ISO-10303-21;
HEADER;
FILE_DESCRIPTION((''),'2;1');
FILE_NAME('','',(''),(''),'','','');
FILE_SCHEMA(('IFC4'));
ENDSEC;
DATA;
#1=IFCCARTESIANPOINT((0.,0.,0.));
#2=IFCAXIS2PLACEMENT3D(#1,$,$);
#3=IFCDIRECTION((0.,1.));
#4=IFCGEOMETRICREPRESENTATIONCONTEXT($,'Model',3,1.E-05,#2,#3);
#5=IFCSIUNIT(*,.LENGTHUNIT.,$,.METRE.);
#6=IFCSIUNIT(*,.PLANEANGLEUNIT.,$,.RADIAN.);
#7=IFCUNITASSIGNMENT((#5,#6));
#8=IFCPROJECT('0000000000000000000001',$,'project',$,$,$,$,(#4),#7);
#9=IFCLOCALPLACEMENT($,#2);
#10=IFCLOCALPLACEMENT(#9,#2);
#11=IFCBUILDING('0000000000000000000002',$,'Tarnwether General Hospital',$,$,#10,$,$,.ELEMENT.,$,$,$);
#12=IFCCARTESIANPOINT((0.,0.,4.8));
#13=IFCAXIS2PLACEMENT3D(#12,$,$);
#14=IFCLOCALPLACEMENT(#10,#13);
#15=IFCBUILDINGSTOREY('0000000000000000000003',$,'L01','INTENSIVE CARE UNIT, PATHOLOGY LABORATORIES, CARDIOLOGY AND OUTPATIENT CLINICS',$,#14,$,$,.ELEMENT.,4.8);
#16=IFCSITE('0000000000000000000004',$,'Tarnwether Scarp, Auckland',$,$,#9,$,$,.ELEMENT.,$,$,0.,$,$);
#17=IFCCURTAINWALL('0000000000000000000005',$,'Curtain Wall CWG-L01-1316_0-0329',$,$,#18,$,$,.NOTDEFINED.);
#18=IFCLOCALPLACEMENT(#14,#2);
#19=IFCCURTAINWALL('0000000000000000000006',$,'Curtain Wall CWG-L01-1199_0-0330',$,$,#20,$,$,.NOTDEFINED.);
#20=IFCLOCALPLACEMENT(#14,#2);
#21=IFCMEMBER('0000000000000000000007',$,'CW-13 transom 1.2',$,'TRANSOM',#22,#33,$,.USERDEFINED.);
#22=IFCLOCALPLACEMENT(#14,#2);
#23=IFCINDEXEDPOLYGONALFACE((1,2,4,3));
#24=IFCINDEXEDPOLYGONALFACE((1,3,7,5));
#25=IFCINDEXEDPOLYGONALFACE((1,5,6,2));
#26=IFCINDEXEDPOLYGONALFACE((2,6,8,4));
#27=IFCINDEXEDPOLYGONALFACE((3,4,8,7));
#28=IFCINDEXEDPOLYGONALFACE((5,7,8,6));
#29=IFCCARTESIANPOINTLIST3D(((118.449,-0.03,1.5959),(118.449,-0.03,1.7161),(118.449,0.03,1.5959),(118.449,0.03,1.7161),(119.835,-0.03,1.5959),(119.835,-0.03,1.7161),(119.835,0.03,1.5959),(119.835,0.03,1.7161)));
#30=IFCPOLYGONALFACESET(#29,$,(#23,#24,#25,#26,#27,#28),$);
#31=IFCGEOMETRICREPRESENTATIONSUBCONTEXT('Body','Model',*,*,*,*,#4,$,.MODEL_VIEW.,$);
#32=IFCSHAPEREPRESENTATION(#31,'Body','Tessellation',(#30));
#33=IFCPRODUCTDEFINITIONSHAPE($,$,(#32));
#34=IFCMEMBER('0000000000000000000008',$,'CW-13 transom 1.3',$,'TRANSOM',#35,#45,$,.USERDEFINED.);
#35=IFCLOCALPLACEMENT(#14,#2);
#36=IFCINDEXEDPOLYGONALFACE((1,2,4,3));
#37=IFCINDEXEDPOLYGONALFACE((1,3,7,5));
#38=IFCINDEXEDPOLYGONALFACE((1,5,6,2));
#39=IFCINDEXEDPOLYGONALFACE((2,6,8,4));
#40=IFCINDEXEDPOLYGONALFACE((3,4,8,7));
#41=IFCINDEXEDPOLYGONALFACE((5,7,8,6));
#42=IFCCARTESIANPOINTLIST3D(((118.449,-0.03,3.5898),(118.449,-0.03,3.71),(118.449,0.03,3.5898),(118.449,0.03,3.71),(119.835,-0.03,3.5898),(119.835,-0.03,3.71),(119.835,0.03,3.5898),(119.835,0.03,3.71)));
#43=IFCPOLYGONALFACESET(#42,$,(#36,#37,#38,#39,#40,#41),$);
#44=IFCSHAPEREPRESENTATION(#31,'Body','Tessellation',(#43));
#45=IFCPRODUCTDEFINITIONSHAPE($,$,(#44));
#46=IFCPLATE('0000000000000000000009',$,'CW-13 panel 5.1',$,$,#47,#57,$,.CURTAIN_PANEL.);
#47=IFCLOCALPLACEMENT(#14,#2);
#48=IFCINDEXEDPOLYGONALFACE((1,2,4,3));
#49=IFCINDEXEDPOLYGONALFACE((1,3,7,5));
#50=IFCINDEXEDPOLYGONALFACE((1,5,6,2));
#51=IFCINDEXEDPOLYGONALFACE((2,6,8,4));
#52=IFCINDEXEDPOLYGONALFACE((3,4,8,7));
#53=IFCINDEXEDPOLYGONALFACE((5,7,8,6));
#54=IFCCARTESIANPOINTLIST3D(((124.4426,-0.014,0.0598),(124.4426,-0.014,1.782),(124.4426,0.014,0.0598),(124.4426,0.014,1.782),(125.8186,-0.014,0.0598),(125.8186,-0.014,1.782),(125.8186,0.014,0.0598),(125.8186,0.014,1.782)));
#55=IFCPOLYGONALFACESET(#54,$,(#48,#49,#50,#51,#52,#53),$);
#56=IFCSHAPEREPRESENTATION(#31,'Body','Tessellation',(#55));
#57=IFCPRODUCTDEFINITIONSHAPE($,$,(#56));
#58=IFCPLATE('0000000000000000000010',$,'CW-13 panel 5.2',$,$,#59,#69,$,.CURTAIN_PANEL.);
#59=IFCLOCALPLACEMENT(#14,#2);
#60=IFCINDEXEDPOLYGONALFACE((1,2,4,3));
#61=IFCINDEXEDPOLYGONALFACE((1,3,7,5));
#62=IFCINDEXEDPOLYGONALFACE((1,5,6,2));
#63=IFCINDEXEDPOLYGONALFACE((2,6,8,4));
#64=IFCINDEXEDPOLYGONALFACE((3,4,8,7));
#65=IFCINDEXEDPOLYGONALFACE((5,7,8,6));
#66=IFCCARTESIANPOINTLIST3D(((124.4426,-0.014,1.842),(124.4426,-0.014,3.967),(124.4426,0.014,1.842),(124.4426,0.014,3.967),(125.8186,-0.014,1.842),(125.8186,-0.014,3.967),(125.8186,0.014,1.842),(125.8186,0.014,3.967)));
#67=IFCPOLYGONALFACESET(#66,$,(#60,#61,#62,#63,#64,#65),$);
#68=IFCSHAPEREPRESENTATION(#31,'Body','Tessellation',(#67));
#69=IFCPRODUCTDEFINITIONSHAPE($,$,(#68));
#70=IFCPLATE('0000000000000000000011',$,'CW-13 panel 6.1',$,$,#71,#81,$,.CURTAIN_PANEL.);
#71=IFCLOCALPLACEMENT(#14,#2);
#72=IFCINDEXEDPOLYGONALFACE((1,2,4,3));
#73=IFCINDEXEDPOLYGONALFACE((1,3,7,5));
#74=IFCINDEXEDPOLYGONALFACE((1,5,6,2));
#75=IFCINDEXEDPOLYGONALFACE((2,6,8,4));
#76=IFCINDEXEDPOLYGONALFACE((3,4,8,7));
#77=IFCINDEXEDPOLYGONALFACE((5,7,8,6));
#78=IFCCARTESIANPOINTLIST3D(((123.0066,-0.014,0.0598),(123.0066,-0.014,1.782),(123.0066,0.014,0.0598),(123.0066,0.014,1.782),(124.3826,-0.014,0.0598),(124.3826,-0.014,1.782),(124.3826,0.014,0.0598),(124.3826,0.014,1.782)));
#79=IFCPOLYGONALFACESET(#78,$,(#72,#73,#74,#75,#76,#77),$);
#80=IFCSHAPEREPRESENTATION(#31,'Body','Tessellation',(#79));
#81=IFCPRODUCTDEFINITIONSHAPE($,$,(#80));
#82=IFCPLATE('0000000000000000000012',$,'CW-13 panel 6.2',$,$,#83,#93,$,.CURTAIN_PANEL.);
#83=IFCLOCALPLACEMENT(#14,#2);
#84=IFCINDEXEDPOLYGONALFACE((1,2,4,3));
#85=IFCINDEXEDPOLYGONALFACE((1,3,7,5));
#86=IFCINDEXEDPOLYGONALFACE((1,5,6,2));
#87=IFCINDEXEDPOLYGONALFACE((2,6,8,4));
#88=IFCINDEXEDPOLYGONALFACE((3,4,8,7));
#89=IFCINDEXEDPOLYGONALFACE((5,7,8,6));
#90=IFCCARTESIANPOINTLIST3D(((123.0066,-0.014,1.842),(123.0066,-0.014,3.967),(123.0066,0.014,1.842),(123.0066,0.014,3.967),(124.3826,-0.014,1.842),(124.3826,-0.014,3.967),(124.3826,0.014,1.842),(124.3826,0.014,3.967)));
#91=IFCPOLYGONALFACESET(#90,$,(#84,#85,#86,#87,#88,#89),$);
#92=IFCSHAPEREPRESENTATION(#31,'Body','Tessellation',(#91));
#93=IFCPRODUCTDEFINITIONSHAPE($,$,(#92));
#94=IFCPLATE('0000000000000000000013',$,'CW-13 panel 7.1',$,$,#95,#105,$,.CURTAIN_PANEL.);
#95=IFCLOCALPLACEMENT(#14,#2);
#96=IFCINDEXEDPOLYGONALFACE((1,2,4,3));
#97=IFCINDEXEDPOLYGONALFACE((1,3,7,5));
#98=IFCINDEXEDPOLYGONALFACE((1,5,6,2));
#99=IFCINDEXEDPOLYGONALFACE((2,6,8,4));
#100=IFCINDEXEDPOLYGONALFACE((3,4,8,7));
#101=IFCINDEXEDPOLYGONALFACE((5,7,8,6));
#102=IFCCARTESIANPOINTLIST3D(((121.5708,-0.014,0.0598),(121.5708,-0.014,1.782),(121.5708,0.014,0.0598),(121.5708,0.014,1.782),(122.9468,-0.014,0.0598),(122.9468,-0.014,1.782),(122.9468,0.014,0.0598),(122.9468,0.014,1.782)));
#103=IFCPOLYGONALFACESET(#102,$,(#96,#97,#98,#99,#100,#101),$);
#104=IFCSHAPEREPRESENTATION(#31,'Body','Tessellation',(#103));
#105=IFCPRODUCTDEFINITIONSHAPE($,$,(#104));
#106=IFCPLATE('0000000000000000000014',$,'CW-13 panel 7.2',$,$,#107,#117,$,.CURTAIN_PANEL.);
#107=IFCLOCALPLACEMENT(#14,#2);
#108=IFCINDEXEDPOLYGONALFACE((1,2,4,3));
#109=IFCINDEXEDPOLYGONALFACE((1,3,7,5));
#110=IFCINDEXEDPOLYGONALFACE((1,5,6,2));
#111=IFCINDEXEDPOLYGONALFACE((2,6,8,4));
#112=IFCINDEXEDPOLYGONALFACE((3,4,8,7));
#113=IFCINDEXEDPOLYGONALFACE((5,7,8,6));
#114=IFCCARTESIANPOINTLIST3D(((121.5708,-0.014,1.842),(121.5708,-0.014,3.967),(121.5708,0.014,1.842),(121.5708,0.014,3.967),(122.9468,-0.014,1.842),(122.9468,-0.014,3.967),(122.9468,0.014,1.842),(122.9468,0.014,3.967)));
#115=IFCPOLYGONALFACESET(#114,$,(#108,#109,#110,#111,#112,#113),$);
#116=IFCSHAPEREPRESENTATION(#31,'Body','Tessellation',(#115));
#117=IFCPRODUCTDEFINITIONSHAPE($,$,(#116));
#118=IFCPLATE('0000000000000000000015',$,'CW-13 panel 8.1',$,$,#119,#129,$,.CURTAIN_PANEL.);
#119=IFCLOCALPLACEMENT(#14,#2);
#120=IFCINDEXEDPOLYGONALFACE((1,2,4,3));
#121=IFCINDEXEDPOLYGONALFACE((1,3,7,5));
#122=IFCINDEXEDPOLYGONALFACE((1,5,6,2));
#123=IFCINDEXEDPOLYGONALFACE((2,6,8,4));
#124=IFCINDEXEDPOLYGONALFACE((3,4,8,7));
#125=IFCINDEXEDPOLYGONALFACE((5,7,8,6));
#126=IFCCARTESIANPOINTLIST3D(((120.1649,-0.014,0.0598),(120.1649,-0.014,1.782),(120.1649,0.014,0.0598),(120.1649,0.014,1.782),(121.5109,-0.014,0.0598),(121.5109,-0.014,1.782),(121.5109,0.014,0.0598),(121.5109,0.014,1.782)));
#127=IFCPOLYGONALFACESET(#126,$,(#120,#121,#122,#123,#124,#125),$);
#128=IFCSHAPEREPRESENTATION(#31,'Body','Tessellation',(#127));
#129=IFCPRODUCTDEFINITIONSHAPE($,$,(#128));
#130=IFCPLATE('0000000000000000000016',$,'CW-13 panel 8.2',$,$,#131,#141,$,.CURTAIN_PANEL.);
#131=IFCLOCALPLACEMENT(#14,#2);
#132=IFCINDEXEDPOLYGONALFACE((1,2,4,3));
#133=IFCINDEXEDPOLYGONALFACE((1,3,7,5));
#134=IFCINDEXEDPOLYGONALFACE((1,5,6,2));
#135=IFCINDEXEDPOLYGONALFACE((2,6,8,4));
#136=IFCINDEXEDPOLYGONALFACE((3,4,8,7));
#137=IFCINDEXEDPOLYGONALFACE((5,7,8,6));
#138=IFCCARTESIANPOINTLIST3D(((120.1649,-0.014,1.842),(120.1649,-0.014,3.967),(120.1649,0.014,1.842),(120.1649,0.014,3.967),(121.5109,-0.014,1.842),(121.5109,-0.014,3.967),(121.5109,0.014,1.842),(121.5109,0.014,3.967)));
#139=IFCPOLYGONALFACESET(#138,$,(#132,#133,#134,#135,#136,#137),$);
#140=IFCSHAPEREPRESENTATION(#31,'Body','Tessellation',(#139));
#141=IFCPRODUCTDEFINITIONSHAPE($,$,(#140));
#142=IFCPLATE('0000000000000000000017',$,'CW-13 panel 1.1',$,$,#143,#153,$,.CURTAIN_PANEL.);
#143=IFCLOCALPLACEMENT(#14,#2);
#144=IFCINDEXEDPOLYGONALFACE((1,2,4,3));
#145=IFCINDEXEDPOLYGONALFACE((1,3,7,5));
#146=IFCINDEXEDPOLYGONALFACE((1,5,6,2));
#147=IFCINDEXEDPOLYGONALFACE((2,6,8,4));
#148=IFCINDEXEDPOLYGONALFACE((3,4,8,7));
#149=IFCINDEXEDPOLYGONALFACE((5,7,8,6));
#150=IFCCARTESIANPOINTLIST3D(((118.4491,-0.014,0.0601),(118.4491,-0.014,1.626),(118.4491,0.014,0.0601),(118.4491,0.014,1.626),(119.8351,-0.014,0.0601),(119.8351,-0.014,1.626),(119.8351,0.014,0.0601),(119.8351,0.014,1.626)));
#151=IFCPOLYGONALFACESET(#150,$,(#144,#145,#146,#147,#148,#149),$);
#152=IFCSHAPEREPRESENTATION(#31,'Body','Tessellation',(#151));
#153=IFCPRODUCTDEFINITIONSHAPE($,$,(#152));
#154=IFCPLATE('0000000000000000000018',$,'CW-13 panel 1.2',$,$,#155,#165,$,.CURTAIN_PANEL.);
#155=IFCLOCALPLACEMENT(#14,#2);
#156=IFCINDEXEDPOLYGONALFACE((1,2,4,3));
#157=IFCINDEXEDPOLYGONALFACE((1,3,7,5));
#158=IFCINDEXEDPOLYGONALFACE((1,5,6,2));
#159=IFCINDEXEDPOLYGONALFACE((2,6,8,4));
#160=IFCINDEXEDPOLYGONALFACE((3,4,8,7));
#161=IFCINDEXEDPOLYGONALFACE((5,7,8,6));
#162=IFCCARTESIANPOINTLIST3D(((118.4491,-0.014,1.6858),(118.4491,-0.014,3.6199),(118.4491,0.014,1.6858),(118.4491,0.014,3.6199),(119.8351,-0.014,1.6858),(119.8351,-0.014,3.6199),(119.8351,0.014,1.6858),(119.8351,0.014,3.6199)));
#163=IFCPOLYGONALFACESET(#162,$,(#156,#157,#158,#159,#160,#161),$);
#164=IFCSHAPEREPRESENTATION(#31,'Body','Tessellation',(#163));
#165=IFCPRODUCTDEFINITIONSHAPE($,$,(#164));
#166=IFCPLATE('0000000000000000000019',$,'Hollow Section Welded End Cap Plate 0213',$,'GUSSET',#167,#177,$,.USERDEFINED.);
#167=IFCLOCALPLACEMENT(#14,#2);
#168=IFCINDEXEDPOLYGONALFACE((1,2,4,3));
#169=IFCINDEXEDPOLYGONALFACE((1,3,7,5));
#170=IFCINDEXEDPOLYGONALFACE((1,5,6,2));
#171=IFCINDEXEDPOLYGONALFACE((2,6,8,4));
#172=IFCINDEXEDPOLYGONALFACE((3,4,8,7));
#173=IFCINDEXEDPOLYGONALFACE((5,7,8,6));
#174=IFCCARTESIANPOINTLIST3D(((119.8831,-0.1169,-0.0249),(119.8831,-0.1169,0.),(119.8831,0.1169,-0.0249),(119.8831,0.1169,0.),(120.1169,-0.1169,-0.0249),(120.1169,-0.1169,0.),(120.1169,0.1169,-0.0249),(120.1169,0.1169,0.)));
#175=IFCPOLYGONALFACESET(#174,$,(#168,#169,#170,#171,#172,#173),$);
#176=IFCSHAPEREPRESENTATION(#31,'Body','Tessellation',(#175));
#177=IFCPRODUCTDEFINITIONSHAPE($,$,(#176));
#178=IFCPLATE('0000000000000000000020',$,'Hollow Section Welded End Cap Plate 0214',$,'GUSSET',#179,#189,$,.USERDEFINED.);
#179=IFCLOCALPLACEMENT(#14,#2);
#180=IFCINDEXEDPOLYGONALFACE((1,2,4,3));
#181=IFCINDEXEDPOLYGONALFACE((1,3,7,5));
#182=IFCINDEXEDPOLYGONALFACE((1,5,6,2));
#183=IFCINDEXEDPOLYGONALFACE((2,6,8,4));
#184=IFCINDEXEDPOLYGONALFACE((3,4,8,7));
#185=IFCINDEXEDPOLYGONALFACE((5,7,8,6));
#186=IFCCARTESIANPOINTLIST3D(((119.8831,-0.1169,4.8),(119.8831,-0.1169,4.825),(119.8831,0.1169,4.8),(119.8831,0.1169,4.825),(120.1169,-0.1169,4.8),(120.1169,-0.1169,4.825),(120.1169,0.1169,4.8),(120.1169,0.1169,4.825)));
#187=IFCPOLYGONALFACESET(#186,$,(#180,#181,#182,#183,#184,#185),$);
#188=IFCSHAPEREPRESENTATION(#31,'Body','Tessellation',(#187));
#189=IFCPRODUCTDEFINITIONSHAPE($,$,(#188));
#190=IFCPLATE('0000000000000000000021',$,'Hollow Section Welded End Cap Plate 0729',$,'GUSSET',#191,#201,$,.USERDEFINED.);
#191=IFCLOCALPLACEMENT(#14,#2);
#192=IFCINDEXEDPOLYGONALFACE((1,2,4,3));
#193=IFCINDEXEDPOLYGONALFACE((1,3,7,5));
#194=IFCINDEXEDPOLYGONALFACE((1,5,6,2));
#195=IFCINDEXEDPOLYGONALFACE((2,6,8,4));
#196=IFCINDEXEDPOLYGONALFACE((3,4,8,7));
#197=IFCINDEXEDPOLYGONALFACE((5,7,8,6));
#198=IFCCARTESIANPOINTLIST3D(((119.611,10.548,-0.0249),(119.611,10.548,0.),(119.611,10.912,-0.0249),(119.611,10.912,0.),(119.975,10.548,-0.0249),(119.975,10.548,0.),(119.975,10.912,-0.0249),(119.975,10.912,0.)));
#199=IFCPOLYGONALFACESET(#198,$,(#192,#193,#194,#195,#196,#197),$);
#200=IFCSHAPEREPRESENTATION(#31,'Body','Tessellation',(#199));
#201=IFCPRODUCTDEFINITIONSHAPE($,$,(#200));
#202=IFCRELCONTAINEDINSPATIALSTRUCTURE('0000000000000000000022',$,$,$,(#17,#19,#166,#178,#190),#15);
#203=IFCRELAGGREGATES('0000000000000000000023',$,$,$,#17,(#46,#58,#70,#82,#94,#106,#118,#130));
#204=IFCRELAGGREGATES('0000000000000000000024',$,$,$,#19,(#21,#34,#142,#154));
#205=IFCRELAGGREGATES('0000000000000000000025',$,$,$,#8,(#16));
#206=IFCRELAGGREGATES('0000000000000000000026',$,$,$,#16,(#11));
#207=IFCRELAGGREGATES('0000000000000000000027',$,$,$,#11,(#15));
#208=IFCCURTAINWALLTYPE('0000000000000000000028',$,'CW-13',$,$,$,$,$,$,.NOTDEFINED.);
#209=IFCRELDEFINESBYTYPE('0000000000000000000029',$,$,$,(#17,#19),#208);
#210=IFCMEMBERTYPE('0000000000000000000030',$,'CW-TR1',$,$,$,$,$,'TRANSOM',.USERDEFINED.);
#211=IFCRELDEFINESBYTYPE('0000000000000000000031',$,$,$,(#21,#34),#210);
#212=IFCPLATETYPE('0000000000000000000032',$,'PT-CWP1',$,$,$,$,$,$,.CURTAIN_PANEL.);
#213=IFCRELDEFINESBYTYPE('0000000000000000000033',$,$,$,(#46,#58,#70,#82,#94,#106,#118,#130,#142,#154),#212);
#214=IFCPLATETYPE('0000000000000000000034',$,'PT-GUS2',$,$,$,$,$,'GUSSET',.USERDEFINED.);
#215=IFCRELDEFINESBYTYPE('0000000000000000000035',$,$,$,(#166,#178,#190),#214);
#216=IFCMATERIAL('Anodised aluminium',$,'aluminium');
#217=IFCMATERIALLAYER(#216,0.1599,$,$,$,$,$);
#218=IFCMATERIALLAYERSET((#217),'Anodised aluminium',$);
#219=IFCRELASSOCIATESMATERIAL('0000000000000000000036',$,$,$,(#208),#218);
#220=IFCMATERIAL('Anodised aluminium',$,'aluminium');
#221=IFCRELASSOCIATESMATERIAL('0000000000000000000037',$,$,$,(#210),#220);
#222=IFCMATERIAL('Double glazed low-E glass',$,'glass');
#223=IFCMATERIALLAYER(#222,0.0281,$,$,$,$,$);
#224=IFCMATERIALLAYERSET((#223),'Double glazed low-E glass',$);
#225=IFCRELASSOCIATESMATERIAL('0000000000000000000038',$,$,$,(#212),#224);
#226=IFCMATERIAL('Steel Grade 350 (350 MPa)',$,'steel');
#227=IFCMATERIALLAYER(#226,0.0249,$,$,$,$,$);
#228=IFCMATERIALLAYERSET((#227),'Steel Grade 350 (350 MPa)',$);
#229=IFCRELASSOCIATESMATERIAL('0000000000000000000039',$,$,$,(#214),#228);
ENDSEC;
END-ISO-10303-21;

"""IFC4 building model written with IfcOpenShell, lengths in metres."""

from ifc_helpers import new_model, si_unit, direction, frame, origin, origin_2d, place, context, subcontext, project, spatial, rectangle, extrude, material, layer, layer_set, material_profile, profile_set, type_object, element, aggregate, save


model = new_model("IFC4")

# Units and contexts
model_context = context("Model", 3, precision=1e-05, world=origin(), true_north=direction((0.0, 1.0)))
body_context = subcontext(model_context, "Body", "Model", "MODEL_VIEW")
ifc_project = project(units=[si_unit("LENGTHUNIT", "METRE"), si_unit("PLANEANGLEUNIT", "RADIAN")], contexts=[model_context])

# Site, building, storey
site_placement = place(None, origin())
site = spatial("IfcSite", under=ifc_project, at=site_placement, Name="Tarnwether Scarp, Auckland", CompositionType="ELEMENT", RefElevation=0.0)
building_placement = place(site_placement, origin())
building = spatial("IfcBuilding", under=site, at=building_placement, Name="Tarnwether General Hospital", CompositionType="ELEMENT")
storey_placement = place(building_placement, frame((0.0, 0.0, 4.8)))
storey = spatial("IfcBuildingStorey", under=building, at=storey_placement, Name="L01", Description="INTENSIVE CARE UNIT, PATHOLOGY LABORATORIES, CARDIOLOGY AND OUTPATIENT CLINICS", CompositionType="ELEMENT", Elevation=4.8)

# Curtain wall
ifc_material_1 = material(Name="Anodised aluminium", Category="aluminium")
ifc_layer_1 = layer(ifc_material_1, 0.1599)
ifc_layer_set_1 = layer_set([ifc_layer_1], Name="Anodised aluminium")
curtain_wall_type = type_object("IfcCurtainWallType", Name="CW-13", PredefinedType="NOTDEFINED", material=ifc_layer_set_1)
curtain_wall_1_placement = place(storey_placement, origin())
curtain_wall_1 = element("IfcCurtainWall", 1, at=curtain_wall_1_placement, inside=storey, type_object=curtain_wall_type, Name="Curtain Wall CWG-L01-1316_0-0329", PredefinedType="NOTDEFINED")

# Curtain wall
curtain_wall_2_placement = place(storey_placement, origin())
curtain_wall_2 = element("IfcCurtainWall", 2, at=curtain_wall_2_placement, inside=storey, type_object=curtain_wall_type, Name="Curtain Wall CWG-L01-1199_0-0330", PredefinedType="NOTDEFINED")

# Members
ifc_material_2 = material(Name="Anodised aluminium", Category="aluminium")
ifc_material_profile_1 = material_profile(ifc_material_2, rectangle(XDim=0.0601, YDim=0.1201, at=origin_2d()), Name="ALU-TRN-60x120")
ifc_profile_set_1 = profile_set([ifc_material_profile_1], Name="Anodised aluminium")
member_type_1 = type_object("IfcMemberType", Name="CW-TR1", ElementType="TRANSOM", PredefinedType="USERDEFINED", material=ifc_profile_set_1)
member_1_placement = place(storey_placement, frame((119.835, 0.0, 1.656), z_axis=(-1.0, 0.0, 0.0), x_axis=(0.0, -1.0, 0.0)))
member_1 = element("IfcMember", 3, at=member_1_placement, type_object=member_type_1, Name="CW-13 transom 1.2", ObjectType="TRANSOM", PredefinedType="USERDEFINED", context=body_context, shape_type="SweptSolid", body=[
    extrude(rectangle(XDim=0.0601, YDim=0.1201, at=origin_2d()), origin(), (0.0, 0.0, 1.0), 1.386),
])
member_2_placement = place(storey_placement, frame((119.835, 0.0, 3.6499), z_axis=(-1.0, 0.0, 0.0), x_axis=(0.0, -1.0, 0.0)))
member_2 = element("IfcMember", 4, at=member_2_placement, type_object=member_type_1, Name="CW-13 transom 1.3", ObjectType="TRANSOM", PredefinedType="USERDEFINED", context=body_context, shape_type="SweptSolid", body=[
    extrude(rectangle(XDim=0.0601, YDim=0.1201, at=origin_2d()), origin(), (0.0, 0.0, 1.0), 1.386),
])

# Plates
ifc_material_3 = material(Name="Double glazed low-E glass", Category="glass")
ifc_layer_2 = layer(ifc_material_3, 0.0281)
ifc_layer_set_2 = layer_set([ifc_layer_2], Name="Double glazed low-E glass")
plate_type_1 = type_object("IfcPlateType", Name="PT-CWP1", PredefinedType="CURTAIN_PANEL", material=ifc_layer_set_2)
plate_1_placement = place(storey_placement, frame((125.1306, 0.0, 0.0598), z_axis=(0.0, 0.0, 1.0), x_axis=(-1.0, 0.0, 0.0)))
plate_1 = element("IfcPlate", 5, at=plate_1_placement, type_object=plate_type_1, Name="CW-13 panel 5.1", PredefinedType="CURTAIN_PANEL", context=body_context, shape_type="SweptSolid", body=[
    extrude(rectangle(XDim=1.376, YDim=0.0281, at=origin_2d()), origin(), (0.0, 0.0, 1.0), 1.7222),
])
plate_2_placement = place(storey_placement, frame((125.1306, 0.0, 1.842), z_axis=(0.0, 0.0, 1.0), x_axis=(-1.0, 0.0, 0.0)))
plate_2 = element("IfcPlate", 6, at=plate_2_placement, type_object=plate_type_1, Name="CW-13 panel 5.2", PredefinedType="CURTAIN_PANEL", context=body_context, shape_type="SweptSolid", body=[
    extrude(rectangle(XDim=1.376, YDim=0.0281, at=origin_2d()), origin(), (0.0, 0.0, 1.0), 2.125),
])
plate_3_placement = place(storey_placement, frame((123.6946, 0.0, 0.0598), z_axis=(0.0, 0.0, 1.0), x_axis=(-1.0, 0.0, 0.0)))
plate_3 = element("IfcPlate", 7, at=plate_3_placement, type_object=plate_type_1, Name="CW-13 panel 6.1", PredefinedType="CURTAIN_PANEL", context=body_context, shape_type="SweptSolid", body=[
    extrude(rectangle(XDim=1.376, YDim=0.0281, at=origin_2d()), origin(), (0.0, 0.0, 1.0), 1.7222),
])
plate_4_placement = place(storey_placement, frame((123.6946, 0.0, 1.842), z_axis=(0.0, 0.0, 1.0), x_axis=(-1.0, 0.0, 0.0)))
plate_4 = element("IfcPlate", 8, at=plate_4_placement, type_object=plate_type_1, Name="CW-13 panel 6.2", PredefinedType="CURTAIN_PANEL", context=body_context, shape_type="SweptSolid", body=[
    extrude(rectangle(XDim=1.376, YDim=0.0281, at=origin_2d()), origin(), (0.0, 0.0, 1.0), 2.125),
])
plate_5_placement = place(storey_placement, frame((122.2588, 0.0, 0.0598), z_axis=(0.0, 0.0, 1.0), x_axis=(-1.0, 0.0, 0.0)))
plate_5 = element("IfcPlate", 9, at=plate_5_placement, type_object=plate_type_1, Name="CW-13 panel 7.1", PredefinedType="CURTAIN_PANEL", context=body_context, shape_type="SweptSolid", body=[
    extrude(rectangle(XDim=1.376, YDim=0.0281, at=origin_2d()), origin(), (0.0, 0.0, 1.0), 1.7222),
])
plate_6_placement = place(storey_placement, frame((122.2588, 0.0, 1.842), z_axis=(0.0, 0.0, 1.0), x_axis=(-1.0, 0.0, 0.0)))
plate_6 = element("IfcPlate", 10, at=plate_6_placement, type_object=plate_type_1, Name="CW-13 panel 7.2", PredefinedType="CURTAIN_PANEL", context=body_context, shape_type="SweptSolid", body=[
    extrude(rectangle(XDim=1.376, YDim=0.0281, at=origin_2d()), origin(), (0.0, 0.0, 1.0), 2.125),
])
plate_7_placement = place(storey_placement, frame((120.8379, 0.0, 0.0598), z_axis=(0.0, 0.0, 1.0), x_axis=(-1.0, 0.0, 0.0)))
plate_7 = element("IfcPlate", 11, at=plate_7_placement, type_object=plate_type_1, Name="CW-13 panel 8.1", PredefinedType="CURTAIN_PANEL", context=body_context, shape_type="SweptSolid", body=[
    extrude(rectangle(XDim=1.3459, YDim=0.0281, at=origin_2d()), origin(), (0.0, 0.0, 1.0), 1.7222),
])
plate_8_placement = place(storey_placement, frame((120.8379, 0.0, 1.842), z_axis=(0.0, 0.0, 1.0), x_axis=(-1.0, 0.0, 0.0)))
plate_8 = element("IfcPlate", 12, at=plate_8_placement, type_object=plate_type_1, Name="CW-13 panel 8.2", PredefinedType="CURTAIN_PANEL", context=body_context, shape_type="SweptSolid", body=[
    extrude(rectangle(XDim=1.3459, YDim=0.0281, at=origin_2d()), origin(), (0.0, 0.0, 1.0), 2.125),
])
aggregate(curtain_wall_1, [plate_1, plate_2, plate_3, plate_4, plate_5, plate_6, plate_7, plate_8])
plate_9_placement = place(storey_placement, frame((119.1421, 0.0, 0.0601), z_axis=(0.0, 0.0, 1.0), x_axis=(-1.0, 0.0, 0.0)))
plate_9 = element("IfcPlate", 13, at=plate_9_placement, type_object=plate_type_1, Name="CW-13 panel 1.1", PredefinedType="CURTAIN_PANEL", context=body_context, shape_type="SweptSolid", body=[
    extrude(rectangle(XDim=1.386, YDim=0.0281, at=origin_2d()), origin(), (0.0, 0.0, 1.0), 1.5659),
])
plate_10_placement = place(storey_placement, frame((119.1421, 0.0, 1.6858), z_axis=(0.0, 0.0, 1.0), x_axis=(-1.0, 0.0, 0.0)))
plate_10 = element("IfcPlate", 14, at=plate_10_placement, type_object=plate_type_1, Name="CW-13 panel 1.2", PredefinedType="CURTAIN_PANEL", context=body_context, shape_type="SweptSolid", body=[
    extrude(rectangle(XDim=1.386, YDim=0.0281, at=origin_2d()), origin(), (0.0, 0.0, 1.0), 1.9341),
])
aggregate(curtain_wall_2, [member_1, member_2, plate_9, plate_10])

# Plates
ifc_material_4 = material(Name="Steel Grade 350 (350 MPa)", Category="steel")
ifc_layer_3 = layer(ifc_material_4, 0.0249)
ifc_layer_set_3 = layer_set([ifc_layer_3], Name="Steel Grade 350 (350 MPa)")
plate_type_2 = type_object("IfcPlateType", Name="PT-GUS2", ElementType="GUSSET", PredefinedType="USERDEFINED", material=ifc_layer_set_3)
for number, where, z_axis, x_axis, name in (
    (15, (120.0, 0.0, -0.0249), (0.0, 0.0, 1.0), (1.0, 0.0, 0.0), "Hollow Section Welded End Cap Plate 0213"),
    (16, (120.0, 0.0, 4.8), (0.0, 0.0, 1.0), (1.0, 0.0, 0.0), "Hollow Section Welded End Cap Plate 0214"),
):
    element("IfcPlate", number, at=place(storey_placement, frame(where, z_axis=z_axis, x_axis=x_axis)), inside=storey, type_object=plate_type_2, Name=name, ObjectType="GUSSET", PredefinedType="USERDEFINED", context=body_context, shape_type="SweptSolid", body=[
        extrude(rectangle(XDim=0.2339, YDim=0.2339, at=origin_2d()), origin(), (0.0, 0.0, 1.0), 0.0249),
    ])
for number, where, z_axis, x_axis, name in (
    (17, (119.793, 10.73, -0.0249), (0.0, 0.0, 1.0), (1.0, 0.0, 0.0), "Hollow Section Welded End Cap Plate 0729"),
):
    element("IfcPlate", number, at=place(storey_placement, frame(where, z_axis=z_axis, x_axis=x_axis)), inside=storey, type_object=plate_type_2, Name=name, ObjectType="GUSSET", PredefinedType="USERDEFINED", context=body_context, shape_type="SweptSolid", body=[
        extrude(rectangle(XDim=0.364, YDim=0.364, at=origin_2d()), origin(), (0.0, 0.0, 1.0), 0.0249),
    ])

save(model, "model.ifc")
